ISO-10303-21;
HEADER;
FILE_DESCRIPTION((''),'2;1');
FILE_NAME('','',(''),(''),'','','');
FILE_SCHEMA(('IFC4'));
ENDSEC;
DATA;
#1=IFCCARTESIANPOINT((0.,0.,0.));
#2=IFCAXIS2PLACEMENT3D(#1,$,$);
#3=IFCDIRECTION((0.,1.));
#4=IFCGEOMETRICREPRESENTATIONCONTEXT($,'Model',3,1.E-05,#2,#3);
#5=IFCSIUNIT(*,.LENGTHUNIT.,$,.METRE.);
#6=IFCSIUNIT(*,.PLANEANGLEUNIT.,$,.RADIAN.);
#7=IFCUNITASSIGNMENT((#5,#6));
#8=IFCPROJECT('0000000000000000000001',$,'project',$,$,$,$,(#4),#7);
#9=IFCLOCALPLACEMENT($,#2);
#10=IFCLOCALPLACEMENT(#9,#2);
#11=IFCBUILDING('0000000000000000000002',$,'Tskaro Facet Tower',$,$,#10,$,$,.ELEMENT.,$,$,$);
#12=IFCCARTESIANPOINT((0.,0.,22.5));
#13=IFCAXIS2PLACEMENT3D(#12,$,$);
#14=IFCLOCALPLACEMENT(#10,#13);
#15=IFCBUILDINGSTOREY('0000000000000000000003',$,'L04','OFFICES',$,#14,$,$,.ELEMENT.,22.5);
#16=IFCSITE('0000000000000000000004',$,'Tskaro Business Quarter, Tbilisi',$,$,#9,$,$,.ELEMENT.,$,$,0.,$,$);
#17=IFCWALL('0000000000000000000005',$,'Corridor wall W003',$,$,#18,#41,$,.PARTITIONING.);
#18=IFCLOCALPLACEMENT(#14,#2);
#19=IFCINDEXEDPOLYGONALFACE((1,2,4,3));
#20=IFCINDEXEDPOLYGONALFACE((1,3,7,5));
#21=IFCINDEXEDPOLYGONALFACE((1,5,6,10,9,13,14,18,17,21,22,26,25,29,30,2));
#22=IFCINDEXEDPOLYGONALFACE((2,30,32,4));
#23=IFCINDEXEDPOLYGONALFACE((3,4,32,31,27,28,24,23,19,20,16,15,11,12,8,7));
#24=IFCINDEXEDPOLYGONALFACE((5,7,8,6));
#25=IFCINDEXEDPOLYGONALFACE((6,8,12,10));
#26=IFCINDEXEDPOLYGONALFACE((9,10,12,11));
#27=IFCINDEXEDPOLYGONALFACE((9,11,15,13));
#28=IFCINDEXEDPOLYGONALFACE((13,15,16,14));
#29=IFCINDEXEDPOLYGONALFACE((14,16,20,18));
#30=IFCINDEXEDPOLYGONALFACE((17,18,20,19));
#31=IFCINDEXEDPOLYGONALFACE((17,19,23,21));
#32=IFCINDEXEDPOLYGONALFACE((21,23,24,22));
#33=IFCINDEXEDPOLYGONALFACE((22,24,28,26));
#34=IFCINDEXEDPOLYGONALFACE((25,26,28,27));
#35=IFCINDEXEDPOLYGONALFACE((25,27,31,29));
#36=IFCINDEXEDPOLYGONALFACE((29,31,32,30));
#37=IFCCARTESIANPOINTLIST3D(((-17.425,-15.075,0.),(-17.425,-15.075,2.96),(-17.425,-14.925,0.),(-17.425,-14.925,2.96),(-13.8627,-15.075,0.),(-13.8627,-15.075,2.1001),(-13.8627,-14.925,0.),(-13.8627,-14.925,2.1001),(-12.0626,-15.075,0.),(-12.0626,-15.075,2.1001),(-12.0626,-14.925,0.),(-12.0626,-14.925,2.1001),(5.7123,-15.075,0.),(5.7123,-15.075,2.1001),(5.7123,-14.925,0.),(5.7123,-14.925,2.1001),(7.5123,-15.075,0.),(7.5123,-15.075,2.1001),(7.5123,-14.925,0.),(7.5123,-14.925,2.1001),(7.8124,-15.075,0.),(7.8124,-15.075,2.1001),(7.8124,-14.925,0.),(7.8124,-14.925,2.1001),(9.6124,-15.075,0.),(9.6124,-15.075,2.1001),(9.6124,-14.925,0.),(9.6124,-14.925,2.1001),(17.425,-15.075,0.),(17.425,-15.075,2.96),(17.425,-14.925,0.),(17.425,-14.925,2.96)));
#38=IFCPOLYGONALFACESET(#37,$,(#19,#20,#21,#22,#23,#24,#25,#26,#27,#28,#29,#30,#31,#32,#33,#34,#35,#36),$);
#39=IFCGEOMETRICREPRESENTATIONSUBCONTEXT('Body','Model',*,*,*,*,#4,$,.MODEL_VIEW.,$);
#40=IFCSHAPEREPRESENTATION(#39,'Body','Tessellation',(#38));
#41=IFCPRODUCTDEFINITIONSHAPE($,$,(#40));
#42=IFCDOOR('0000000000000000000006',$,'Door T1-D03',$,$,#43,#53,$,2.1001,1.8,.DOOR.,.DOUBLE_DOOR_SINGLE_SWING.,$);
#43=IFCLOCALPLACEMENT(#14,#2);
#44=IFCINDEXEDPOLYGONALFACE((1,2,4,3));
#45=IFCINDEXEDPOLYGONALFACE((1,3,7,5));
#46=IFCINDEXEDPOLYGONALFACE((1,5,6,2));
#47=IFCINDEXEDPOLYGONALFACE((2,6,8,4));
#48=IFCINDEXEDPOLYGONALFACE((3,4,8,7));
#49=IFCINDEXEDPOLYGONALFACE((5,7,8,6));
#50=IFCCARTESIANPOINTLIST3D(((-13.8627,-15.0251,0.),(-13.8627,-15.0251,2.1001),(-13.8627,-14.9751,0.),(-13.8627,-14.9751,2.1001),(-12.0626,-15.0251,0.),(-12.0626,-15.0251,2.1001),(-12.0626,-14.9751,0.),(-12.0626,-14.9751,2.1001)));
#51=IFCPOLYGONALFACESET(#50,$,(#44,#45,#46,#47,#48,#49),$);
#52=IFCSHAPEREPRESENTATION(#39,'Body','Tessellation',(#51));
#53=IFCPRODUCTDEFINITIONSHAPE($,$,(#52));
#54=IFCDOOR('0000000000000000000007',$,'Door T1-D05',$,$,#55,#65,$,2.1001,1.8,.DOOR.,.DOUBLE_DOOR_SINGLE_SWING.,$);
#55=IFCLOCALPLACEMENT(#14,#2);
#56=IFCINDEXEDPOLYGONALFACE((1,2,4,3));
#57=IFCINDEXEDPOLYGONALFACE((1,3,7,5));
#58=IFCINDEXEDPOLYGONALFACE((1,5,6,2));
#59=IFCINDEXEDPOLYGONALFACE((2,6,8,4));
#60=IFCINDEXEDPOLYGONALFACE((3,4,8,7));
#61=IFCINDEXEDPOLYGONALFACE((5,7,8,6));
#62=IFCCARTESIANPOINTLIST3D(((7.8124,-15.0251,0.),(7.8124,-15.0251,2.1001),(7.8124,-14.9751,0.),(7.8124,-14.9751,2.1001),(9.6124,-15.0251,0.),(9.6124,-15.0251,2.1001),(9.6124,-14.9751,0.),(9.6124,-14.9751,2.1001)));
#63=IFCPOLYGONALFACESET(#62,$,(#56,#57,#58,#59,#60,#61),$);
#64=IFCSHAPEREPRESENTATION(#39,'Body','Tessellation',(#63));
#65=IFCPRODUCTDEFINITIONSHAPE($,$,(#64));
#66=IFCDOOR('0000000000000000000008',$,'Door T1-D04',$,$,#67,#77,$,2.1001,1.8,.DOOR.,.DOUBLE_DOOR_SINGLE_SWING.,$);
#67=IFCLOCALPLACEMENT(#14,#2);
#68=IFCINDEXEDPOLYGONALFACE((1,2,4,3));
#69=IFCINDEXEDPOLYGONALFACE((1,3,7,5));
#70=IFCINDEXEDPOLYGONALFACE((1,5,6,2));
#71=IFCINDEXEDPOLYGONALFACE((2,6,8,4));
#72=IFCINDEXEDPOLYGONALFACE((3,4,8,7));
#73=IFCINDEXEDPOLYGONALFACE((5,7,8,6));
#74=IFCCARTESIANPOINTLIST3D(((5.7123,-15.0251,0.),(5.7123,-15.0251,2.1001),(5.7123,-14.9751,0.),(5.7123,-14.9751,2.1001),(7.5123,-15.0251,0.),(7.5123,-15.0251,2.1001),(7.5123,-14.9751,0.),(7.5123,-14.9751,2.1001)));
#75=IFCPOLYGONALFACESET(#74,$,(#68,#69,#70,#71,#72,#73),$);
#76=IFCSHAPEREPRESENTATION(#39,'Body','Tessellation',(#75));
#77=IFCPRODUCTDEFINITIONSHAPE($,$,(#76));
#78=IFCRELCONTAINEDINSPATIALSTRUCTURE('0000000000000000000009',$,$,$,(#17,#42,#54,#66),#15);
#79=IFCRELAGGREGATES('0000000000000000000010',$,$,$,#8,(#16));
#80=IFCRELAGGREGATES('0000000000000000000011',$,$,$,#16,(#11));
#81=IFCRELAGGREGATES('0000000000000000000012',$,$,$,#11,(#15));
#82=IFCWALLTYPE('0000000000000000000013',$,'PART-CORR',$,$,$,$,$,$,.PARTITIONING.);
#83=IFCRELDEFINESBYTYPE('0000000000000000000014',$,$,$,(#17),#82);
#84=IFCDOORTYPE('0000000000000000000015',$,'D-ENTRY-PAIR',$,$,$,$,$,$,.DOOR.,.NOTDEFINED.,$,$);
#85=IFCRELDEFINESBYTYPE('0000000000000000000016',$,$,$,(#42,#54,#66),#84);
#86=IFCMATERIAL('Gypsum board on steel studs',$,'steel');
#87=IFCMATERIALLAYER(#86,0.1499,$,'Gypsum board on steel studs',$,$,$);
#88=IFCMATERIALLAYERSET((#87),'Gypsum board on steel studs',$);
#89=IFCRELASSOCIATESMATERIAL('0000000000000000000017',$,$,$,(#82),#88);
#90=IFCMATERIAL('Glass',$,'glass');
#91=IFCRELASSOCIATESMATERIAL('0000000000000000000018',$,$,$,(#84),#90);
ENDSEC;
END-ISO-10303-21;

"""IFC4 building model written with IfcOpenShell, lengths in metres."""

from ifc_helpers import new_model, si_unit, direction, frame, frame_2d, origin, place, context, subcontext, project, spatial, rectangle, extrude, material, layer, layer_set, type_object, element, fill, save


model = new_model("IFC4")

# Units and contexts
model_context = context("Model", 3, precision=1e-05, world=origin(), true_north=direction((0.0, 1.0)))
body_context = subcontext(model_context, "Body", "Model", "MODEL_VIEW")
ifc_project = project(units=[si_unit("LENGTHUNIT", "METRE"), si_unit("PLANEANGLEUNIT", "RADIAN")], contexts=[model_context])

# Site, building, storey
site_placement = place(None, origin())
site = spatial("IfcSite", under=ifc_project, at=site_placement, Name="Tskaro Business Quarter, Tbilisi", CompositionType="ELEMENT", RefElevation=0.0)
building_placement = place(site_placement, origin())
building = spatial("IfcBuilding", under=site, at=building_placement, Name="Tskaro Facet Tower", CompositionType="ELEMENT")
storey_placement = place(building_placement, frame((0.0, 0.0, 22.5)))
storey = spatial("IfcBuildingStorey", under=building, at=storey_placement, Name="L04", Description="OFFICES", CompositionType="ELEMENT", Elevation=22.5)

# Wall, openings, doors
ifc_material_1 = material(Name="Gypsum board on steel studs", Category="steel")
ifc_layer_1 = layer(ifc_material_1, 0.1499, Name="Gypsum board on steel studs")
ifc_layer_set_1 = layer_set([ifc_layer_1], Name="Gypsum board on steel studs")
wall_type_1 = type_object("IfcWallType", Name="PART-CORR", PredefinedType="PARTITIONING", material=ifc_layer_set_1)
wall_1_placement = place(storey_placement, frame((-17.425, -15.0, 0.0), z_axis=(0.0, 0.0, 1.0), x_axis=(1.0, 0.0, 0.0)))
wall_1 = element("IfcWall", 1, at=wall_1_placement, inside=storey, type_object=wall_type_1, Name="Corridor wall W003", PredefinedType="PARTITIONING", context=body_context, shape_type="SweptSolid", body=[
    extrude(rectangle(XDim=34.8501, YDim=0.1499, at=frame_2d((17.425, 0.0))), origin(), (0.0, 0.0, 1.0), 2.96),
])
opening_1_placement = place(wall_1_placement, frame((3.5625, 0.0, 0.0)))
opening_1 = element("IfcOpeningElement", 2, at=opening_1_placement, cuts=wall_1, PredefinedType="OPENING", context=body_context, shape_type="SweptSolid", body=[
    extrude(rectangle(XDim=1.8, YDim=2.1001, at=frame_2d((0.8999, 1.05))), frame((0.0, 0.085, 0.0), z_axis=(0.0, -1.0, 0.0), x_axis=(1.0, 0.0, 0.0)), (0.0, 0.0, 1.0), 0.1699),
])
opening_2_placement = place(wall_1_placement, frame((25.2375, 0.0, 0.0)))
opening_2 = element("IfcOpeningElement", 3, at=opening_2_placement, cuts=wall_1, PredefinedType="OPENING", context=body_context, shape_type="SweptSolid", body=[
    extrude(rectangle(XDim=1.8, YDim=2.1001, at=frame_2d((0.8999, 1.05))), frame((0.0, 0.085, 0.0), z_axis=(0.0, -1.0, 0.0), x_axis=(1.0, 0.0, 0.0)), (0.0, 0.0, 1.0), 0.1699),
])
opening_3_placement = place(wall_1_placement, frame((23.1375, 0.0, 0.0)))
opening_3 = element("IfcOpeningElement", 4, at=opening_3_placement, cuts=wall_1, PredefinedType="OPENING", context=body_context, shape_type="SweptSolid", body=[
    extrude(rectangle(XDim=1.8, YDim=2.1001, at=frame_2d((0.8999, 1.05))), frame((0.0, 0.085, 0.0), z_axis=(0.0, -1.0, 0.0), x_axis=(1.0, 0.0, 0.0)), (0.0, 0.0, 1.0), 0.1699),
])
ifc_material_2 = material(Name="Glass", Category="glass")
door_type_1 = type_object("IfcDoorType", Name="D-ENTRY-PAIR", OperationType="NOTDEFINED", PredefinedType="DOOR", material=ifc_material_2)
door_1_placement = place(opening_1_placement, origin())
door_1 = element("IfcDoor", 5, at=door_1_placement, inside=storey, type_object=door_type_1, Name="Door T1-D03", OperationType="DOUBLE_DOOR_SINGLE_SWING", OverallHeight=2.1001, OverallWidth=1.8, PredefinedType="DOOR", context=body_context, shape_type="SweptSolid", body=[
    extrude(rectangle(XDim=1.8, YDim=2.1001, at=frame_2d((0.8999, 1.05))), frame((0.0, 0.0249, 0.0), z_axis=(0.0, -1.0, 0.0), x_axis=(1.0, 0.0, 0.0)), (0.0, 0.0, 1.0), 0.05),
])
fill(opening_1, door_1)
door_2_placement = place(opening_2_placement, origin())
door_2 = element("IfcDoor", 6, at=door_2_placement, inside=storey, type_object=door_type_1, Name="Door T1-D05", OperationType="DOUBLE_DOOR_SINGLE_SWING", OverallHeight=2.1001, OverallWidth=1.8, PredefinedType="DOOR", context=body_context, shape_type="SweptSolid", body=[
    extrude(rectangle(XDim=1.8, YDim=2.1001, at=frame_2d((0.8999, 1.05))), frame((0.0, 0.0249, 0.0), z_axis=(0.0, -1.0, 0.0), x_axis=(1.0, 0.0, 0.0)), (0.0, 0.0, 1.0), 0.05),
])
fill(opening_2, door_2)
door_3_placement = place(opening_3_placement, origin())
door_3 = element("IfcDoor", 7, at=door_3_placement, inside=storey, type_object=door_type_1, Name="Door T1-D04", OperationType="DOUBLE_DOOR_SINGLE_SWING", OverallHeight=2.1001, OverallWidth=1.8, PredefinedType="DOOR", context=body_context, shape_type="SweptSolid", body=[
    extrude(rectangle(XDim=1.8, YDim=2.1001, at=frame_2d((0.8999, 1.05))), frame((0.0, 0.0249, 0.0), z_axis=(0.0, -1.0, 0.0), x_axis=(1.0, 0.0, 0.0)), (0.0, 0.0, 1.0), 0.05),
])
fill(opening_3, door_3)

save(model, "model.ifc")
